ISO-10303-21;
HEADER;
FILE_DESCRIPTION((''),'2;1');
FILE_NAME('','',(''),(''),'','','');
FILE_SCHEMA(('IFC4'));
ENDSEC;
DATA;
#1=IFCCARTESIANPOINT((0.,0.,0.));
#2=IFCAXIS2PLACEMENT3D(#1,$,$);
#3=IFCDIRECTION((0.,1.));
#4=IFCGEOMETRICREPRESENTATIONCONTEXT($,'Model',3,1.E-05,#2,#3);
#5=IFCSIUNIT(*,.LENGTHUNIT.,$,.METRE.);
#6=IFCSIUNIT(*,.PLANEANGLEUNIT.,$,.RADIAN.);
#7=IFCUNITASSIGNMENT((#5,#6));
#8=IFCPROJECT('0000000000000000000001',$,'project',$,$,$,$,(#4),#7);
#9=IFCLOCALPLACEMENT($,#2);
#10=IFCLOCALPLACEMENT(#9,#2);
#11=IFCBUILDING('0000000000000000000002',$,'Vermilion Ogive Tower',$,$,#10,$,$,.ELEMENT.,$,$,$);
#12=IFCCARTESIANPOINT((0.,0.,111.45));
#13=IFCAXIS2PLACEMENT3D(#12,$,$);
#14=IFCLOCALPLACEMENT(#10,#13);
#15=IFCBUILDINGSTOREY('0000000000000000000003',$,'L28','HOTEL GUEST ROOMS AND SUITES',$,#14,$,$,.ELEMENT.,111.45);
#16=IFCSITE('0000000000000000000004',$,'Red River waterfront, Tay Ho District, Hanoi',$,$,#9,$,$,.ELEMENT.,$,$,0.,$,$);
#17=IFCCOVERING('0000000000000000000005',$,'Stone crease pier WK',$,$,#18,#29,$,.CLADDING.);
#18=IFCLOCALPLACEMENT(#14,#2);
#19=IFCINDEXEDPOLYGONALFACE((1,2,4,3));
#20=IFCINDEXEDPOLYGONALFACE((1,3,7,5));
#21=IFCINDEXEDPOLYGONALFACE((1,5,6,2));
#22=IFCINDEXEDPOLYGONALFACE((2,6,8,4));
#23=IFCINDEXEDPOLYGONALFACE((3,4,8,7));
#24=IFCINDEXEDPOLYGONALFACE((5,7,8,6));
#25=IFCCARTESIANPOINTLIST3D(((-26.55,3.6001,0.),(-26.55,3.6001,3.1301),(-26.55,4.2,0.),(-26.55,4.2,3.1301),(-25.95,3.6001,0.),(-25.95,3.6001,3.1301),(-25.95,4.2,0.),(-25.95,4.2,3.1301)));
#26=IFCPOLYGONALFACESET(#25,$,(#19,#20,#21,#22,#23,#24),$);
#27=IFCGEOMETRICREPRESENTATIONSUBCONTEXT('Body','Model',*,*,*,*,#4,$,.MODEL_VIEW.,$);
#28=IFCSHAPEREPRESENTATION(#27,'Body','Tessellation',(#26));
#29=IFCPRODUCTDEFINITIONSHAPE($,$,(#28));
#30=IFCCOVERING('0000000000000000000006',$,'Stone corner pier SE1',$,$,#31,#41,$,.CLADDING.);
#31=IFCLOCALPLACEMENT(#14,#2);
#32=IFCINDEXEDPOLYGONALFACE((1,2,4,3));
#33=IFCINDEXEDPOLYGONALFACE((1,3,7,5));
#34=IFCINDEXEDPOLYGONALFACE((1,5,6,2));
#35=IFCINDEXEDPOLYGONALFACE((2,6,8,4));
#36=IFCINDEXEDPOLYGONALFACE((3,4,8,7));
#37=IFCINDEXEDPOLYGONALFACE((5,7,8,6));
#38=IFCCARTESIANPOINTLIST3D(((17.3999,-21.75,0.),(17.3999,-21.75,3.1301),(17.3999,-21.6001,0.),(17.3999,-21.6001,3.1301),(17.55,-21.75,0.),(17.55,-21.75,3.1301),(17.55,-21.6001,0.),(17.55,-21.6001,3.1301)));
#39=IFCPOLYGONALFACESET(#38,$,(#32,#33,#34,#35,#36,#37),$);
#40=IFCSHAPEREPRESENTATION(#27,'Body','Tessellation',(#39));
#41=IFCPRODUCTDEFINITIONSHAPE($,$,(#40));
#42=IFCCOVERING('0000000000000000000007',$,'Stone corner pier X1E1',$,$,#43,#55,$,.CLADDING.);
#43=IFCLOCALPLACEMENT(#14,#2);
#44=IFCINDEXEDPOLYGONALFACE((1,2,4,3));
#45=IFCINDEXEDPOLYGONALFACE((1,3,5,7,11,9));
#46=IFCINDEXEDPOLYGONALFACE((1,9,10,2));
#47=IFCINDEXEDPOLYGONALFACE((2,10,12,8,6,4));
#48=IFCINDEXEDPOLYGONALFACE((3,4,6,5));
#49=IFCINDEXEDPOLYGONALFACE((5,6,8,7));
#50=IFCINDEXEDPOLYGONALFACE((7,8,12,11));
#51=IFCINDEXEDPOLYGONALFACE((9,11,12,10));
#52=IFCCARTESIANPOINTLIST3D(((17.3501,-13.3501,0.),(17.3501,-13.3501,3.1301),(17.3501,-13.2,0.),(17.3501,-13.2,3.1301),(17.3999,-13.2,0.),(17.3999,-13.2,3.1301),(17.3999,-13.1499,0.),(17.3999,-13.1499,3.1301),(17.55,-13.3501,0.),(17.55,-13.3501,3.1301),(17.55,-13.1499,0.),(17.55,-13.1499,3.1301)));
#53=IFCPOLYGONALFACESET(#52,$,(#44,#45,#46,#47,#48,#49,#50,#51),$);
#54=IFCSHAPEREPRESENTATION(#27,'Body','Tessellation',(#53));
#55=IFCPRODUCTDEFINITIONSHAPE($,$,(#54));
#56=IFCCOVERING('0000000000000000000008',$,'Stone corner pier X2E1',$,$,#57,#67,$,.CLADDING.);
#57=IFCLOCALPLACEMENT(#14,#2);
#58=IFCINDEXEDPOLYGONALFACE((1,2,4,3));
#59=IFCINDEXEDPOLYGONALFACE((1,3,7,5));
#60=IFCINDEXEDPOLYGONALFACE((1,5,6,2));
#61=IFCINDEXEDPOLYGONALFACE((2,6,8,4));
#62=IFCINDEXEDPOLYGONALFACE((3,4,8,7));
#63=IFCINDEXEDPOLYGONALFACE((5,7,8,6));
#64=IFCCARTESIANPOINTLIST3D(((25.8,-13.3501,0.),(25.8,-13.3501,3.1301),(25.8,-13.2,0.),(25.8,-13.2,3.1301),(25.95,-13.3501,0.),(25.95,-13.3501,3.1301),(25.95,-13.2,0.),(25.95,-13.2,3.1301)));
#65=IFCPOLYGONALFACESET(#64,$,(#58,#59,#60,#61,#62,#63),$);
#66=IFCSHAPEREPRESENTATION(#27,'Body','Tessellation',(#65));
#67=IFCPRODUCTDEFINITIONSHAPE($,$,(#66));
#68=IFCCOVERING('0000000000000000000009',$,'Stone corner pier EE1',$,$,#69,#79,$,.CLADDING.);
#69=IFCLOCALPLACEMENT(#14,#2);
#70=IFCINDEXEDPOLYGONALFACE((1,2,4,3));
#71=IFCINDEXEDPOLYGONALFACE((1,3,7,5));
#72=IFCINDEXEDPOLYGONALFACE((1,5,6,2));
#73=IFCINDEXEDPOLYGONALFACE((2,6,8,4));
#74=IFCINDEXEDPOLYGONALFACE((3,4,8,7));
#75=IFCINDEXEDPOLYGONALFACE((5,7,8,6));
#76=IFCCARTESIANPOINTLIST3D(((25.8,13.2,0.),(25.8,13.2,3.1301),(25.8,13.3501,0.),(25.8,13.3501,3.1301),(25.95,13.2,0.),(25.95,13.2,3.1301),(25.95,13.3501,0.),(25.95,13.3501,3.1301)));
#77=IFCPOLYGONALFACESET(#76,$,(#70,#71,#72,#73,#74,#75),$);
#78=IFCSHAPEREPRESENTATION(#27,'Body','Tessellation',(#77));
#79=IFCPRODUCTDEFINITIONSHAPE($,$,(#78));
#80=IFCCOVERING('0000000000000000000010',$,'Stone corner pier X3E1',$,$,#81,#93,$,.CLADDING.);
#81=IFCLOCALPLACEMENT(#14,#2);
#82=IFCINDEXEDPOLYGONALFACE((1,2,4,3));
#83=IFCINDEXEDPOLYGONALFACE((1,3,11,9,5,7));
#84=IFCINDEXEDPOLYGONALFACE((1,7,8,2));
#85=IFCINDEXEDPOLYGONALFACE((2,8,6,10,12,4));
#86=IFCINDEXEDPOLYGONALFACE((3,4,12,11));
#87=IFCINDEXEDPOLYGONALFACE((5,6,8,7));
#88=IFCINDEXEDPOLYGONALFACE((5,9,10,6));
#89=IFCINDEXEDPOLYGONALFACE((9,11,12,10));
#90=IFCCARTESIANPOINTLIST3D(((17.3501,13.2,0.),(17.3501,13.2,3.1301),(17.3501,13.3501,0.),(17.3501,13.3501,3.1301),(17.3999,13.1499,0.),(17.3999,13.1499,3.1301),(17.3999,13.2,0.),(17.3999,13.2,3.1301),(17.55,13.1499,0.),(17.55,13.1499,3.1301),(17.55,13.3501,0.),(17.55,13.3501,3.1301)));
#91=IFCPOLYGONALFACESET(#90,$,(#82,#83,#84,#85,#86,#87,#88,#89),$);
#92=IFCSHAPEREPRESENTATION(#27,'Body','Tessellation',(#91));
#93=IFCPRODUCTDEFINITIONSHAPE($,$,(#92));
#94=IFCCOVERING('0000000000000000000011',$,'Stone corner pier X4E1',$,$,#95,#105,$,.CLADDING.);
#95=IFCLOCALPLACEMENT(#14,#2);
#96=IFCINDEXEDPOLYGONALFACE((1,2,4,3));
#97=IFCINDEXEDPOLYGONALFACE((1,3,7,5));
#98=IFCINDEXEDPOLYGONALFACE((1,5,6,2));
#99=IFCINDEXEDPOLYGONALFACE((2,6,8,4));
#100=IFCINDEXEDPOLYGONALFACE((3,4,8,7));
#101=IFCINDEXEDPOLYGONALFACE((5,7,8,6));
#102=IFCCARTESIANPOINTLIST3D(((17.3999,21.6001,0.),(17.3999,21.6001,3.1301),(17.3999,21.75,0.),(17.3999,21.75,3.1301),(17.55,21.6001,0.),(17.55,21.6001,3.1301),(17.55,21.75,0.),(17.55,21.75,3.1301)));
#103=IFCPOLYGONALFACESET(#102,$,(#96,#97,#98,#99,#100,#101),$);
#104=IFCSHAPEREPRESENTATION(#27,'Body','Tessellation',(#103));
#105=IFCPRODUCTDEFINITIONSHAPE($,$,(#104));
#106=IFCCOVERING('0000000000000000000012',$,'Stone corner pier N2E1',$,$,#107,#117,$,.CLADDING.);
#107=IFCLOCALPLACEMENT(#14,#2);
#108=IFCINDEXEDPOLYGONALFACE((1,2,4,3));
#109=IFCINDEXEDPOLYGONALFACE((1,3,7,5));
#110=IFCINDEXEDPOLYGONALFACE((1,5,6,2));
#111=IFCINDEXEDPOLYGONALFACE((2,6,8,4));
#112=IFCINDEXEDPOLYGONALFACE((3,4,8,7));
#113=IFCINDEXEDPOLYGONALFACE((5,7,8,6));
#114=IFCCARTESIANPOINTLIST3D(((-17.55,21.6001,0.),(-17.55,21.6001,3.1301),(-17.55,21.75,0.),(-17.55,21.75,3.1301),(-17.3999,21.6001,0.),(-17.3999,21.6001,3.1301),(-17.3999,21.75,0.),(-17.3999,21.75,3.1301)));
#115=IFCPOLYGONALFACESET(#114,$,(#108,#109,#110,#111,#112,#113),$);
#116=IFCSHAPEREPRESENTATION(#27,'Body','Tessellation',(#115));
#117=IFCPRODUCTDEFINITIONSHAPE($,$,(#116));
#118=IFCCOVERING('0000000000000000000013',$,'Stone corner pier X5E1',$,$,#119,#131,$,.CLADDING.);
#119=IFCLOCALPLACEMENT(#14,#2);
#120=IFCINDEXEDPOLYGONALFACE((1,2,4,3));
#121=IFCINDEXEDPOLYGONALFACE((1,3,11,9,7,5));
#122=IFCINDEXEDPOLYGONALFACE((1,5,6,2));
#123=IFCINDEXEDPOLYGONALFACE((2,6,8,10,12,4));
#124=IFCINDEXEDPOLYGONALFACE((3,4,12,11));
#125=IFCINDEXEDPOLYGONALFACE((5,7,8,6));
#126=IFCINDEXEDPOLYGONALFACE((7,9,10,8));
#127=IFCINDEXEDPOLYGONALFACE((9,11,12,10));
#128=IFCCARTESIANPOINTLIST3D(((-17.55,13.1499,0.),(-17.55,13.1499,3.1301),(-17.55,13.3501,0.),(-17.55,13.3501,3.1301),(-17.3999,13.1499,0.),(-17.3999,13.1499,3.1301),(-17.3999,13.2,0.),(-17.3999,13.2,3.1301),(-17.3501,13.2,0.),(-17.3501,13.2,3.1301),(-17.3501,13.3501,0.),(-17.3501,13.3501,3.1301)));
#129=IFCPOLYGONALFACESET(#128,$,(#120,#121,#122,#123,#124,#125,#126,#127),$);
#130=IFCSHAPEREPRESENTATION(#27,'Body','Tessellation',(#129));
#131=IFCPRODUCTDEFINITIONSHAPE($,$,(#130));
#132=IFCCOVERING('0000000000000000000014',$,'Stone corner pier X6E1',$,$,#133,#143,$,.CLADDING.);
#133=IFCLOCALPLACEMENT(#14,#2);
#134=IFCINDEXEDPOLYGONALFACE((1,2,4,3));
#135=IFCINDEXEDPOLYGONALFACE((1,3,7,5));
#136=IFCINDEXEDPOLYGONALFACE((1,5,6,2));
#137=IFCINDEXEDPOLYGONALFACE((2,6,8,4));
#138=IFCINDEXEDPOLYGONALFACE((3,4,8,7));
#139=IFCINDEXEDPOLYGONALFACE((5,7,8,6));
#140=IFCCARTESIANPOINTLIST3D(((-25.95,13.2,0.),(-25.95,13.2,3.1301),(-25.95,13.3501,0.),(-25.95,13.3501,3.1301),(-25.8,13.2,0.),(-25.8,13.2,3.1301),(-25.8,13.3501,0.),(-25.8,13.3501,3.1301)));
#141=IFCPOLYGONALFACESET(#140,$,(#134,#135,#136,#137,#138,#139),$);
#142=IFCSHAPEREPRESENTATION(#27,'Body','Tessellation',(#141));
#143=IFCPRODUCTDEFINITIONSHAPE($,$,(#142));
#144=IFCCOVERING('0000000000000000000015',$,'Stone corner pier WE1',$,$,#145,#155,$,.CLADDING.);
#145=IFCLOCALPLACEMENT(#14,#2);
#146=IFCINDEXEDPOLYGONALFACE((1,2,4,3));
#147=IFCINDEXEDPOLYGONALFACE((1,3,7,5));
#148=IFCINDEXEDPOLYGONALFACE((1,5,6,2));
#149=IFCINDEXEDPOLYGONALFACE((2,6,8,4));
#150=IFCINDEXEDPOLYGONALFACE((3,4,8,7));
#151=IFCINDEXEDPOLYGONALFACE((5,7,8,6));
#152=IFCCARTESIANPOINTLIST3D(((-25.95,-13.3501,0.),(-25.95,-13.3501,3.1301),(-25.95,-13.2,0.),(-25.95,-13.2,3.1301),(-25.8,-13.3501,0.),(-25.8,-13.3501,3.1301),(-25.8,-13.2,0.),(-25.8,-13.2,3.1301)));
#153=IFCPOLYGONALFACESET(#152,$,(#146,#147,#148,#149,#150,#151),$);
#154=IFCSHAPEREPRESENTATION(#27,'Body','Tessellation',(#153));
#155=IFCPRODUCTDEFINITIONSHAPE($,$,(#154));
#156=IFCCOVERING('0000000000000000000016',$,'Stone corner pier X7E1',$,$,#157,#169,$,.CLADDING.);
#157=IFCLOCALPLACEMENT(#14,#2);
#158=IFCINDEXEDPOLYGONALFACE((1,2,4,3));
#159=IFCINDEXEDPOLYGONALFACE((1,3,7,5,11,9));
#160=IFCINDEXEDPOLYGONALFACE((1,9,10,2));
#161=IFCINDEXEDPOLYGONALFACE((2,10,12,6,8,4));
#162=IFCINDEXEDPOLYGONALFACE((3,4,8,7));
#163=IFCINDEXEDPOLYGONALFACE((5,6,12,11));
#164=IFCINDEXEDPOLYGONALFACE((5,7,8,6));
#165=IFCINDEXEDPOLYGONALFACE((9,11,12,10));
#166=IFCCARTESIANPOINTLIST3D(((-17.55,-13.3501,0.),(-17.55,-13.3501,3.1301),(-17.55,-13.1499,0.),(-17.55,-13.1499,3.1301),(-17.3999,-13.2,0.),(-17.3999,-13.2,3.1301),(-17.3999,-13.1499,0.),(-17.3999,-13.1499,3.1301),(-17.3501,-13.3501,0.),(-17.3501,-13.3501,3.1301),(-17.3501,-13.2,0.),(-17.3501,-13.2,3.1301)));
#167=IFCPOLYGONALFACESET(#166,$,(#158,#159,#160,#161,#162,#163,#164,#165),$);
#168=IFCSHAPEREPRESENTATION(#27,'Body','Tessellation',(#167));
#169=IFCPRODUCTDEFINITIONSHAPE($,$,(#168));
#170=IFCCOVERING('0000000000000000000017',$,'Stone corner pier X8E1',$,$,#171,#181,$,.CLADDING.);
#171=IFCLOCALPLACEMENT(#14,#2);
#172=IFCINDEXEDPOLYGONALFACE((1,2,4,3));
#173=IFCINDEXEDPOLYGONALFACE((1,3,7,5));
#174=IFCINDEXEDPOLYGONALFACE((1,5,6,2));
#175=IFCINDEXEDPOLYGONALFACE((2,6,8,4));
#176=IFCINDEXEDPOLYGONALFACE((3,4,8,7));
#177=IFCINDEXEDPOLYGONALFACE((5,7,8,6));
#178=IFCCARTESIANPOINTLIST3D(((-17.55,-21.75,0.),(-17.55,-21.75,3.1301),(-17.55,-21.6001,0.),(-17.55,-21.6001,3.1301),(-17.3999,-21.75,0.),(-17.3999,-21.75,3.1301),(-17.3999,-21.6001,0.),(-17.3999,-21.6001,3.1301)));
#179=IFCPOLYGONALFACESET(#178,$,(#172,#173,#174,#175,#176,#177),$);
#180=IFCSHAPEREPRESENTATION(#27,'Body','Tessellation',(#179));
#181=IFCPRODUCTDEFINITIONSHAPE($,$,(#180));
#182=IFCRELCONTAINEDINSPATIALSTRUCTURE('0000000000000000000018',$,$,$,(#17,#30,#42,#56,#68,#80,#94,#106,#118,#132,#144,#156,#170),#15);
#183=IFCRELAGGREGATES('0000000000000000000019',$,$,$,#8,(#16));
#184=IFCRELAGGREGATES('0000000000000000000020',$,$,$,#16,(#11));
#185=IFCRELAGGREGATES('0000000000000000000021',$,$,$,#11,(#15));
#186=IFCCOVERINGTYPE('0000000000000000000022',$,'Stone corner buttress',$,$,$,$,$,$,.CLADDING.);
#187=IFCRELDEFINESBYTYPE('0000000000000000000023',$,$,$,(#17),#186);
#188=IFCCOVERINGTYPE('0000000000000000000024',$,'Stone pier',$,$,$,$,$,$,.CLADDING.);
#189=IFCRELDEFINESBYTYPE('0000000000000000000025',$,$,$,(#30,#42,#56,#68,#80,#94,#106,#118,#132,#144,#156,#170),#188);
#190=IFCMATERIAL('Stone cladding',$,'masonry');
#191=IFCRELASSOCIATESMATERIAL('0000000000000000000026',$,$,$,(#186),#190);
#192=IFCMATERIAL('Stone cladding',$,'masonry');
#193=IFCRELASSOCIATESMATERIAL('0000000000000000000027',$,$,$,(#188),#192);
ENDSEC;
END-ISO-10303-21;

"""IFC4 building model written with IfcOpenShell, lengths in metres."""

from ifc_helpers import new_model, si_unit, direction, frame, origin, place, context, subcontext, project, spatial, polyline, outline, extrude, material, type_object, element, save


model = new_model("IFC4")

# Units and contexts
model_context = context("Model", 3, precision=1e-05, world=origin(), true_north=direction((0.0, 1.0)))
body_context = subcontext(model_context, "Body", "Model", "MODEL_VIEW")
ifc_project = project(units=[si_unit("LENGTHUNIT", "METRE"), si_unit("PLANEANGLEUNIT", "RADIAN")], contexts=[model_context])

# Site, building, storey
site_placement = place(None, origin())
site = spatial("IfcSite", under=ifc_project, at=site_placement, Name="Red River waterfront, Tay Ho District, Hanoi", CompositionType="ELEMENT", RefElevation=0.0)
building_placement = place(site_placement, origin())
building = spatial("IfcBuilding", under=site, at=building_placement, Name="Vermilion Ogive Tower", CompositionType="ELEMENT")
storey_placement = place(building_placement, frame((0.0, 0.0, 111.45)))
storey = spatial("IfcBuildingStorey", under=building, at=storey_placement, Name="L28", Description="HOTEL GUEST ROOMS AND SUITES", CompositionType="ELEMENT", Elevation=111.45)

# Coverings
ifc_material_1 = material(Name="Stone cladding", Category="masonry")
covering_type_1 = type_object("IfcCoveringType", Name="Stone corner buttress", PredefinedType="CLADDING", material=ifc_material_1)
covering_1_placement = place(storey_placement, origin())
element("IfcCovering", 1, at=covering_1_placement, inside=storey, type_object=covering_type_1, Name="Stone crease pier WK", PredefinedType="CLADDING", context=body_context, shape_type="SweptSolid", body=[
    extrude(outline(polyline([(-26.55, 4.2), (-26.55, 3.6001), (-25.95, 3.6001), (-25.95, 4.2), (-26.55, 4.2)])), origin(), (0.0, 0.0, 1.0), 3.1301),
])
ifc_material_2 = material(Name="Stone cladding", Category="masonry")
covering_type_2 = type_object("IfcCoveringType", Name="Stone pier", PredefinedType="CLADDING", material=ifc_material_2)
covering_2_placement = place(storey_placement, origin())
element("IfcCovering", 2, at=covering_2_placement, inside=storey, type_object=covering_type_2, Name="Stone corner pier SE1", PredefinedType="CLADDING", context=body_context, shape_type="SweptSolid", body=[
    extrude(outline(polyline([(17.3999, -21.75), (17.3999, -21.6001), (17.3999, -21.6001), (17.55, -21.6001), (17.55, -21.75), (17.3999, -21.75)])), origin(), (0.0, 0.0, 1.0), 3.1301),
])
covering_3_placement = place(storey_placement, origin())
element("IfcCovering", 3, at=covering_3_placement, inside=storey, type_object=covering_type_2, Name="Stone corner pier X1E1", PredefinedType="CLADDING", context=body_context, shape_type="SweptSolid", body=[
    extrude(outline(polyline([(17.3501, -13.2), (17.3999, -13.2), (17.3999, -13.1499), (17.55, -13.1499), (17.55, -13.3501), (17.3501, -13.3501), (17.3501, -13.2)])), origin(), (0.0, 0.0, 1.0), 3.1301),
])
covering_4_placement = place(storey_placement, origin())
element("IfcCovering", 4, at=covering_4_placement, inside=storey, type_object=covering_type_2, Name="Stone corner pier X2E1", PredefinedType="CLADDING", context=body_context, shape_type="SweptSolid", body=[
    extrude(outline(polyline([(25.8, -13.3501), (25.8, -13.2), (25.95, -13.2), (25.95, -13.3501), (25.8, -13.3501)])), origin(), (0.0, 0.0, 1.0), 3.1301),
])
covering_5_placement = place(storey_placement, origin())
element("IfcCovering", 5, at=covering_5_placement, inside=storey, type_object=covering_type_2, Name="Stone corner pier EE1", PredefinedType="CLADDING", context=body_context, shape_type="SweptSolid", body=[
    extrude(outline(polyline([(25.95, 13.2), (25.8, 13.2), (25.8, 13.3501), (25.95, 13.3501), (25.95, 13.2)])), origin(), (0.0, 0.0, 1.0), 3.1301),
])
covering_6_placement = place(storey_placement, origin())
element("IfcCovering", 6, at=covering_6_placement, inside=storey, type_object=covering_type_2, Name="Stone corner pier X3E1", PredefinedType="CLADDING", context=body_context, shape_type="SweptSolid", body=[
    extrude(outline(polyline([(17.3999, 13.1499), (17.3999, 13.2), (17.3501, 13.2), (17.3501, 13.3501), (17.55, 13.3501), (17.55, 13.1499), (17.3999, 13.1499)])), origin(), (0.0, 0.0, 1.0), 3.1301),
])
covering_7_placement = place(storey_placement, origin())
element("IfcCovering", 7, at=covering_7_placement, inside=storey, type_object=covering_type_2, Name="Stone corner pier X4E1", PredefinedType="CLADDING", context=body_context, shape_type="SweptSolid", body=[
    extrude(outline(polyline([(17.55, 21.6001), (17.3999, 21.6001), (17.3999, 21.6001), (17.3999, 21.75), (17.55, 21.75), (17.55, 21.6001)])), origin(), (0.0, 0.0, 1.0), 3.1301),
])
covering_8_placement = place(storey_placement, origin())
element("IfcCovering", 8, at=covering_8_placement, inside=storey, type_object=covering_type_2, Name="Stone corner pier N2E1", PredefinedType="CLADDING", context=body_context, shape_type="SweptSolid", body=[
    extrude(outline(polyline([(-17.3999, 21.75), (-17.3999, 21.6001), (-17.3999, 21.6001), (-17.55, 21.6001), (-17.55, 21.75), (-17.3999, 21.75)])), origin(), (0.0, 0.0, 1.0), 3.1301),
])
covering_9_placement = place(storey_placement, origin())
element("IfcCovering", 9, at=covering_9_placement, inside=storey, type_object=covering_type_2, Name="Stone corner pier X5E1", PredefinedType="CLADDING", context=body_context, shape_type="SweptSolid", body=[
    extrude(outline(polyline([(-17.3501, 13.2), (-17.3999, 13.2), (-17.3999, 13.1499), (-17.55, 13.1499), (-17.55, 13.3501), (-17.3501, 13.3501), (-17.3501, 13.2)])), origin(), (0.0, 0.0, 1.0), 3.1301),
])
covering_10_placement = place(storey_placement, origin())
element("IfcCovering", 10, at=covering_10_placement, inside=storey, type_object=covering_type_2, Name="Stone corner pier X6E1", PredefinedType="CLADDING", context=body_context, shape_type="SweptSolid", body=[
    extrude(outline(polyline([(-25.8, 13.3501), (-25.8, 13.2), (-25.95, 13.2), (-25.95, 13.3501), (-25.8, 13.3501)])), origin(), (0.0, 0.0, 1.0), 3.1301),
])
covering_11_placement = place(storey_placement, origin())
element("IfcCovering", 11, at=covering_11_placement, inside=storey, type_object=covering_type_2, Name="Stone corner pier WE1", PredefinedType="CLADDING", context=body_context, shape_type="SweptSolid", body=[
    extrude(outline(polyline([(-25.95, -13.2), (-25.8, -13.2), (-25.8, -13.3501), (-25.95, -13.3501), (-25.95, -13.2)])), origin(), (0.0, 0.0, 1.0), 3.1301),
])
covering_12_placement = place(storey_placement, origin())
element("IfcCovering", 12, at=covering_12_placement, inside=storey, type_object=covering_type_2, Name="Stone corner pier X7E1", PredefinedType="CLADDING", context=body_context, shape_type="SweptSolid", body=[
    extrude(outline(polyline([(-17.3999, -13.1499), (-17.3999, -13.2), (-17.3501, -13.2), (-17.3501, -13.3501), (-17.55, -13.3501), (-17.55, -13.1499), (-17.3999, -13.1499)])), origin(), (0.0, 0.0, 1.0), 3.1301),
])
covering_13_placement = place(storey_placement, origin())
element("IfcCovering", 13, at=covering_13_placement, inside=storey, type_object=covering_type_2, Name="Stone corner pier X8E1", PredefinedType="CLADDING", context=body_context, shape_type="SweptSolid", body=[
    extrude(outline(polyline([(-17.55, -21.6001), (-17.3999, -21.6001), (-17.3999, -21.6001), (-17.3999, -21.75), (-17.55, -21.75), (-17.55, -21.6001)])), origin(), (0.0, 0.0, 1.0), 3.1301),
])

save(model, "model.ifc")
